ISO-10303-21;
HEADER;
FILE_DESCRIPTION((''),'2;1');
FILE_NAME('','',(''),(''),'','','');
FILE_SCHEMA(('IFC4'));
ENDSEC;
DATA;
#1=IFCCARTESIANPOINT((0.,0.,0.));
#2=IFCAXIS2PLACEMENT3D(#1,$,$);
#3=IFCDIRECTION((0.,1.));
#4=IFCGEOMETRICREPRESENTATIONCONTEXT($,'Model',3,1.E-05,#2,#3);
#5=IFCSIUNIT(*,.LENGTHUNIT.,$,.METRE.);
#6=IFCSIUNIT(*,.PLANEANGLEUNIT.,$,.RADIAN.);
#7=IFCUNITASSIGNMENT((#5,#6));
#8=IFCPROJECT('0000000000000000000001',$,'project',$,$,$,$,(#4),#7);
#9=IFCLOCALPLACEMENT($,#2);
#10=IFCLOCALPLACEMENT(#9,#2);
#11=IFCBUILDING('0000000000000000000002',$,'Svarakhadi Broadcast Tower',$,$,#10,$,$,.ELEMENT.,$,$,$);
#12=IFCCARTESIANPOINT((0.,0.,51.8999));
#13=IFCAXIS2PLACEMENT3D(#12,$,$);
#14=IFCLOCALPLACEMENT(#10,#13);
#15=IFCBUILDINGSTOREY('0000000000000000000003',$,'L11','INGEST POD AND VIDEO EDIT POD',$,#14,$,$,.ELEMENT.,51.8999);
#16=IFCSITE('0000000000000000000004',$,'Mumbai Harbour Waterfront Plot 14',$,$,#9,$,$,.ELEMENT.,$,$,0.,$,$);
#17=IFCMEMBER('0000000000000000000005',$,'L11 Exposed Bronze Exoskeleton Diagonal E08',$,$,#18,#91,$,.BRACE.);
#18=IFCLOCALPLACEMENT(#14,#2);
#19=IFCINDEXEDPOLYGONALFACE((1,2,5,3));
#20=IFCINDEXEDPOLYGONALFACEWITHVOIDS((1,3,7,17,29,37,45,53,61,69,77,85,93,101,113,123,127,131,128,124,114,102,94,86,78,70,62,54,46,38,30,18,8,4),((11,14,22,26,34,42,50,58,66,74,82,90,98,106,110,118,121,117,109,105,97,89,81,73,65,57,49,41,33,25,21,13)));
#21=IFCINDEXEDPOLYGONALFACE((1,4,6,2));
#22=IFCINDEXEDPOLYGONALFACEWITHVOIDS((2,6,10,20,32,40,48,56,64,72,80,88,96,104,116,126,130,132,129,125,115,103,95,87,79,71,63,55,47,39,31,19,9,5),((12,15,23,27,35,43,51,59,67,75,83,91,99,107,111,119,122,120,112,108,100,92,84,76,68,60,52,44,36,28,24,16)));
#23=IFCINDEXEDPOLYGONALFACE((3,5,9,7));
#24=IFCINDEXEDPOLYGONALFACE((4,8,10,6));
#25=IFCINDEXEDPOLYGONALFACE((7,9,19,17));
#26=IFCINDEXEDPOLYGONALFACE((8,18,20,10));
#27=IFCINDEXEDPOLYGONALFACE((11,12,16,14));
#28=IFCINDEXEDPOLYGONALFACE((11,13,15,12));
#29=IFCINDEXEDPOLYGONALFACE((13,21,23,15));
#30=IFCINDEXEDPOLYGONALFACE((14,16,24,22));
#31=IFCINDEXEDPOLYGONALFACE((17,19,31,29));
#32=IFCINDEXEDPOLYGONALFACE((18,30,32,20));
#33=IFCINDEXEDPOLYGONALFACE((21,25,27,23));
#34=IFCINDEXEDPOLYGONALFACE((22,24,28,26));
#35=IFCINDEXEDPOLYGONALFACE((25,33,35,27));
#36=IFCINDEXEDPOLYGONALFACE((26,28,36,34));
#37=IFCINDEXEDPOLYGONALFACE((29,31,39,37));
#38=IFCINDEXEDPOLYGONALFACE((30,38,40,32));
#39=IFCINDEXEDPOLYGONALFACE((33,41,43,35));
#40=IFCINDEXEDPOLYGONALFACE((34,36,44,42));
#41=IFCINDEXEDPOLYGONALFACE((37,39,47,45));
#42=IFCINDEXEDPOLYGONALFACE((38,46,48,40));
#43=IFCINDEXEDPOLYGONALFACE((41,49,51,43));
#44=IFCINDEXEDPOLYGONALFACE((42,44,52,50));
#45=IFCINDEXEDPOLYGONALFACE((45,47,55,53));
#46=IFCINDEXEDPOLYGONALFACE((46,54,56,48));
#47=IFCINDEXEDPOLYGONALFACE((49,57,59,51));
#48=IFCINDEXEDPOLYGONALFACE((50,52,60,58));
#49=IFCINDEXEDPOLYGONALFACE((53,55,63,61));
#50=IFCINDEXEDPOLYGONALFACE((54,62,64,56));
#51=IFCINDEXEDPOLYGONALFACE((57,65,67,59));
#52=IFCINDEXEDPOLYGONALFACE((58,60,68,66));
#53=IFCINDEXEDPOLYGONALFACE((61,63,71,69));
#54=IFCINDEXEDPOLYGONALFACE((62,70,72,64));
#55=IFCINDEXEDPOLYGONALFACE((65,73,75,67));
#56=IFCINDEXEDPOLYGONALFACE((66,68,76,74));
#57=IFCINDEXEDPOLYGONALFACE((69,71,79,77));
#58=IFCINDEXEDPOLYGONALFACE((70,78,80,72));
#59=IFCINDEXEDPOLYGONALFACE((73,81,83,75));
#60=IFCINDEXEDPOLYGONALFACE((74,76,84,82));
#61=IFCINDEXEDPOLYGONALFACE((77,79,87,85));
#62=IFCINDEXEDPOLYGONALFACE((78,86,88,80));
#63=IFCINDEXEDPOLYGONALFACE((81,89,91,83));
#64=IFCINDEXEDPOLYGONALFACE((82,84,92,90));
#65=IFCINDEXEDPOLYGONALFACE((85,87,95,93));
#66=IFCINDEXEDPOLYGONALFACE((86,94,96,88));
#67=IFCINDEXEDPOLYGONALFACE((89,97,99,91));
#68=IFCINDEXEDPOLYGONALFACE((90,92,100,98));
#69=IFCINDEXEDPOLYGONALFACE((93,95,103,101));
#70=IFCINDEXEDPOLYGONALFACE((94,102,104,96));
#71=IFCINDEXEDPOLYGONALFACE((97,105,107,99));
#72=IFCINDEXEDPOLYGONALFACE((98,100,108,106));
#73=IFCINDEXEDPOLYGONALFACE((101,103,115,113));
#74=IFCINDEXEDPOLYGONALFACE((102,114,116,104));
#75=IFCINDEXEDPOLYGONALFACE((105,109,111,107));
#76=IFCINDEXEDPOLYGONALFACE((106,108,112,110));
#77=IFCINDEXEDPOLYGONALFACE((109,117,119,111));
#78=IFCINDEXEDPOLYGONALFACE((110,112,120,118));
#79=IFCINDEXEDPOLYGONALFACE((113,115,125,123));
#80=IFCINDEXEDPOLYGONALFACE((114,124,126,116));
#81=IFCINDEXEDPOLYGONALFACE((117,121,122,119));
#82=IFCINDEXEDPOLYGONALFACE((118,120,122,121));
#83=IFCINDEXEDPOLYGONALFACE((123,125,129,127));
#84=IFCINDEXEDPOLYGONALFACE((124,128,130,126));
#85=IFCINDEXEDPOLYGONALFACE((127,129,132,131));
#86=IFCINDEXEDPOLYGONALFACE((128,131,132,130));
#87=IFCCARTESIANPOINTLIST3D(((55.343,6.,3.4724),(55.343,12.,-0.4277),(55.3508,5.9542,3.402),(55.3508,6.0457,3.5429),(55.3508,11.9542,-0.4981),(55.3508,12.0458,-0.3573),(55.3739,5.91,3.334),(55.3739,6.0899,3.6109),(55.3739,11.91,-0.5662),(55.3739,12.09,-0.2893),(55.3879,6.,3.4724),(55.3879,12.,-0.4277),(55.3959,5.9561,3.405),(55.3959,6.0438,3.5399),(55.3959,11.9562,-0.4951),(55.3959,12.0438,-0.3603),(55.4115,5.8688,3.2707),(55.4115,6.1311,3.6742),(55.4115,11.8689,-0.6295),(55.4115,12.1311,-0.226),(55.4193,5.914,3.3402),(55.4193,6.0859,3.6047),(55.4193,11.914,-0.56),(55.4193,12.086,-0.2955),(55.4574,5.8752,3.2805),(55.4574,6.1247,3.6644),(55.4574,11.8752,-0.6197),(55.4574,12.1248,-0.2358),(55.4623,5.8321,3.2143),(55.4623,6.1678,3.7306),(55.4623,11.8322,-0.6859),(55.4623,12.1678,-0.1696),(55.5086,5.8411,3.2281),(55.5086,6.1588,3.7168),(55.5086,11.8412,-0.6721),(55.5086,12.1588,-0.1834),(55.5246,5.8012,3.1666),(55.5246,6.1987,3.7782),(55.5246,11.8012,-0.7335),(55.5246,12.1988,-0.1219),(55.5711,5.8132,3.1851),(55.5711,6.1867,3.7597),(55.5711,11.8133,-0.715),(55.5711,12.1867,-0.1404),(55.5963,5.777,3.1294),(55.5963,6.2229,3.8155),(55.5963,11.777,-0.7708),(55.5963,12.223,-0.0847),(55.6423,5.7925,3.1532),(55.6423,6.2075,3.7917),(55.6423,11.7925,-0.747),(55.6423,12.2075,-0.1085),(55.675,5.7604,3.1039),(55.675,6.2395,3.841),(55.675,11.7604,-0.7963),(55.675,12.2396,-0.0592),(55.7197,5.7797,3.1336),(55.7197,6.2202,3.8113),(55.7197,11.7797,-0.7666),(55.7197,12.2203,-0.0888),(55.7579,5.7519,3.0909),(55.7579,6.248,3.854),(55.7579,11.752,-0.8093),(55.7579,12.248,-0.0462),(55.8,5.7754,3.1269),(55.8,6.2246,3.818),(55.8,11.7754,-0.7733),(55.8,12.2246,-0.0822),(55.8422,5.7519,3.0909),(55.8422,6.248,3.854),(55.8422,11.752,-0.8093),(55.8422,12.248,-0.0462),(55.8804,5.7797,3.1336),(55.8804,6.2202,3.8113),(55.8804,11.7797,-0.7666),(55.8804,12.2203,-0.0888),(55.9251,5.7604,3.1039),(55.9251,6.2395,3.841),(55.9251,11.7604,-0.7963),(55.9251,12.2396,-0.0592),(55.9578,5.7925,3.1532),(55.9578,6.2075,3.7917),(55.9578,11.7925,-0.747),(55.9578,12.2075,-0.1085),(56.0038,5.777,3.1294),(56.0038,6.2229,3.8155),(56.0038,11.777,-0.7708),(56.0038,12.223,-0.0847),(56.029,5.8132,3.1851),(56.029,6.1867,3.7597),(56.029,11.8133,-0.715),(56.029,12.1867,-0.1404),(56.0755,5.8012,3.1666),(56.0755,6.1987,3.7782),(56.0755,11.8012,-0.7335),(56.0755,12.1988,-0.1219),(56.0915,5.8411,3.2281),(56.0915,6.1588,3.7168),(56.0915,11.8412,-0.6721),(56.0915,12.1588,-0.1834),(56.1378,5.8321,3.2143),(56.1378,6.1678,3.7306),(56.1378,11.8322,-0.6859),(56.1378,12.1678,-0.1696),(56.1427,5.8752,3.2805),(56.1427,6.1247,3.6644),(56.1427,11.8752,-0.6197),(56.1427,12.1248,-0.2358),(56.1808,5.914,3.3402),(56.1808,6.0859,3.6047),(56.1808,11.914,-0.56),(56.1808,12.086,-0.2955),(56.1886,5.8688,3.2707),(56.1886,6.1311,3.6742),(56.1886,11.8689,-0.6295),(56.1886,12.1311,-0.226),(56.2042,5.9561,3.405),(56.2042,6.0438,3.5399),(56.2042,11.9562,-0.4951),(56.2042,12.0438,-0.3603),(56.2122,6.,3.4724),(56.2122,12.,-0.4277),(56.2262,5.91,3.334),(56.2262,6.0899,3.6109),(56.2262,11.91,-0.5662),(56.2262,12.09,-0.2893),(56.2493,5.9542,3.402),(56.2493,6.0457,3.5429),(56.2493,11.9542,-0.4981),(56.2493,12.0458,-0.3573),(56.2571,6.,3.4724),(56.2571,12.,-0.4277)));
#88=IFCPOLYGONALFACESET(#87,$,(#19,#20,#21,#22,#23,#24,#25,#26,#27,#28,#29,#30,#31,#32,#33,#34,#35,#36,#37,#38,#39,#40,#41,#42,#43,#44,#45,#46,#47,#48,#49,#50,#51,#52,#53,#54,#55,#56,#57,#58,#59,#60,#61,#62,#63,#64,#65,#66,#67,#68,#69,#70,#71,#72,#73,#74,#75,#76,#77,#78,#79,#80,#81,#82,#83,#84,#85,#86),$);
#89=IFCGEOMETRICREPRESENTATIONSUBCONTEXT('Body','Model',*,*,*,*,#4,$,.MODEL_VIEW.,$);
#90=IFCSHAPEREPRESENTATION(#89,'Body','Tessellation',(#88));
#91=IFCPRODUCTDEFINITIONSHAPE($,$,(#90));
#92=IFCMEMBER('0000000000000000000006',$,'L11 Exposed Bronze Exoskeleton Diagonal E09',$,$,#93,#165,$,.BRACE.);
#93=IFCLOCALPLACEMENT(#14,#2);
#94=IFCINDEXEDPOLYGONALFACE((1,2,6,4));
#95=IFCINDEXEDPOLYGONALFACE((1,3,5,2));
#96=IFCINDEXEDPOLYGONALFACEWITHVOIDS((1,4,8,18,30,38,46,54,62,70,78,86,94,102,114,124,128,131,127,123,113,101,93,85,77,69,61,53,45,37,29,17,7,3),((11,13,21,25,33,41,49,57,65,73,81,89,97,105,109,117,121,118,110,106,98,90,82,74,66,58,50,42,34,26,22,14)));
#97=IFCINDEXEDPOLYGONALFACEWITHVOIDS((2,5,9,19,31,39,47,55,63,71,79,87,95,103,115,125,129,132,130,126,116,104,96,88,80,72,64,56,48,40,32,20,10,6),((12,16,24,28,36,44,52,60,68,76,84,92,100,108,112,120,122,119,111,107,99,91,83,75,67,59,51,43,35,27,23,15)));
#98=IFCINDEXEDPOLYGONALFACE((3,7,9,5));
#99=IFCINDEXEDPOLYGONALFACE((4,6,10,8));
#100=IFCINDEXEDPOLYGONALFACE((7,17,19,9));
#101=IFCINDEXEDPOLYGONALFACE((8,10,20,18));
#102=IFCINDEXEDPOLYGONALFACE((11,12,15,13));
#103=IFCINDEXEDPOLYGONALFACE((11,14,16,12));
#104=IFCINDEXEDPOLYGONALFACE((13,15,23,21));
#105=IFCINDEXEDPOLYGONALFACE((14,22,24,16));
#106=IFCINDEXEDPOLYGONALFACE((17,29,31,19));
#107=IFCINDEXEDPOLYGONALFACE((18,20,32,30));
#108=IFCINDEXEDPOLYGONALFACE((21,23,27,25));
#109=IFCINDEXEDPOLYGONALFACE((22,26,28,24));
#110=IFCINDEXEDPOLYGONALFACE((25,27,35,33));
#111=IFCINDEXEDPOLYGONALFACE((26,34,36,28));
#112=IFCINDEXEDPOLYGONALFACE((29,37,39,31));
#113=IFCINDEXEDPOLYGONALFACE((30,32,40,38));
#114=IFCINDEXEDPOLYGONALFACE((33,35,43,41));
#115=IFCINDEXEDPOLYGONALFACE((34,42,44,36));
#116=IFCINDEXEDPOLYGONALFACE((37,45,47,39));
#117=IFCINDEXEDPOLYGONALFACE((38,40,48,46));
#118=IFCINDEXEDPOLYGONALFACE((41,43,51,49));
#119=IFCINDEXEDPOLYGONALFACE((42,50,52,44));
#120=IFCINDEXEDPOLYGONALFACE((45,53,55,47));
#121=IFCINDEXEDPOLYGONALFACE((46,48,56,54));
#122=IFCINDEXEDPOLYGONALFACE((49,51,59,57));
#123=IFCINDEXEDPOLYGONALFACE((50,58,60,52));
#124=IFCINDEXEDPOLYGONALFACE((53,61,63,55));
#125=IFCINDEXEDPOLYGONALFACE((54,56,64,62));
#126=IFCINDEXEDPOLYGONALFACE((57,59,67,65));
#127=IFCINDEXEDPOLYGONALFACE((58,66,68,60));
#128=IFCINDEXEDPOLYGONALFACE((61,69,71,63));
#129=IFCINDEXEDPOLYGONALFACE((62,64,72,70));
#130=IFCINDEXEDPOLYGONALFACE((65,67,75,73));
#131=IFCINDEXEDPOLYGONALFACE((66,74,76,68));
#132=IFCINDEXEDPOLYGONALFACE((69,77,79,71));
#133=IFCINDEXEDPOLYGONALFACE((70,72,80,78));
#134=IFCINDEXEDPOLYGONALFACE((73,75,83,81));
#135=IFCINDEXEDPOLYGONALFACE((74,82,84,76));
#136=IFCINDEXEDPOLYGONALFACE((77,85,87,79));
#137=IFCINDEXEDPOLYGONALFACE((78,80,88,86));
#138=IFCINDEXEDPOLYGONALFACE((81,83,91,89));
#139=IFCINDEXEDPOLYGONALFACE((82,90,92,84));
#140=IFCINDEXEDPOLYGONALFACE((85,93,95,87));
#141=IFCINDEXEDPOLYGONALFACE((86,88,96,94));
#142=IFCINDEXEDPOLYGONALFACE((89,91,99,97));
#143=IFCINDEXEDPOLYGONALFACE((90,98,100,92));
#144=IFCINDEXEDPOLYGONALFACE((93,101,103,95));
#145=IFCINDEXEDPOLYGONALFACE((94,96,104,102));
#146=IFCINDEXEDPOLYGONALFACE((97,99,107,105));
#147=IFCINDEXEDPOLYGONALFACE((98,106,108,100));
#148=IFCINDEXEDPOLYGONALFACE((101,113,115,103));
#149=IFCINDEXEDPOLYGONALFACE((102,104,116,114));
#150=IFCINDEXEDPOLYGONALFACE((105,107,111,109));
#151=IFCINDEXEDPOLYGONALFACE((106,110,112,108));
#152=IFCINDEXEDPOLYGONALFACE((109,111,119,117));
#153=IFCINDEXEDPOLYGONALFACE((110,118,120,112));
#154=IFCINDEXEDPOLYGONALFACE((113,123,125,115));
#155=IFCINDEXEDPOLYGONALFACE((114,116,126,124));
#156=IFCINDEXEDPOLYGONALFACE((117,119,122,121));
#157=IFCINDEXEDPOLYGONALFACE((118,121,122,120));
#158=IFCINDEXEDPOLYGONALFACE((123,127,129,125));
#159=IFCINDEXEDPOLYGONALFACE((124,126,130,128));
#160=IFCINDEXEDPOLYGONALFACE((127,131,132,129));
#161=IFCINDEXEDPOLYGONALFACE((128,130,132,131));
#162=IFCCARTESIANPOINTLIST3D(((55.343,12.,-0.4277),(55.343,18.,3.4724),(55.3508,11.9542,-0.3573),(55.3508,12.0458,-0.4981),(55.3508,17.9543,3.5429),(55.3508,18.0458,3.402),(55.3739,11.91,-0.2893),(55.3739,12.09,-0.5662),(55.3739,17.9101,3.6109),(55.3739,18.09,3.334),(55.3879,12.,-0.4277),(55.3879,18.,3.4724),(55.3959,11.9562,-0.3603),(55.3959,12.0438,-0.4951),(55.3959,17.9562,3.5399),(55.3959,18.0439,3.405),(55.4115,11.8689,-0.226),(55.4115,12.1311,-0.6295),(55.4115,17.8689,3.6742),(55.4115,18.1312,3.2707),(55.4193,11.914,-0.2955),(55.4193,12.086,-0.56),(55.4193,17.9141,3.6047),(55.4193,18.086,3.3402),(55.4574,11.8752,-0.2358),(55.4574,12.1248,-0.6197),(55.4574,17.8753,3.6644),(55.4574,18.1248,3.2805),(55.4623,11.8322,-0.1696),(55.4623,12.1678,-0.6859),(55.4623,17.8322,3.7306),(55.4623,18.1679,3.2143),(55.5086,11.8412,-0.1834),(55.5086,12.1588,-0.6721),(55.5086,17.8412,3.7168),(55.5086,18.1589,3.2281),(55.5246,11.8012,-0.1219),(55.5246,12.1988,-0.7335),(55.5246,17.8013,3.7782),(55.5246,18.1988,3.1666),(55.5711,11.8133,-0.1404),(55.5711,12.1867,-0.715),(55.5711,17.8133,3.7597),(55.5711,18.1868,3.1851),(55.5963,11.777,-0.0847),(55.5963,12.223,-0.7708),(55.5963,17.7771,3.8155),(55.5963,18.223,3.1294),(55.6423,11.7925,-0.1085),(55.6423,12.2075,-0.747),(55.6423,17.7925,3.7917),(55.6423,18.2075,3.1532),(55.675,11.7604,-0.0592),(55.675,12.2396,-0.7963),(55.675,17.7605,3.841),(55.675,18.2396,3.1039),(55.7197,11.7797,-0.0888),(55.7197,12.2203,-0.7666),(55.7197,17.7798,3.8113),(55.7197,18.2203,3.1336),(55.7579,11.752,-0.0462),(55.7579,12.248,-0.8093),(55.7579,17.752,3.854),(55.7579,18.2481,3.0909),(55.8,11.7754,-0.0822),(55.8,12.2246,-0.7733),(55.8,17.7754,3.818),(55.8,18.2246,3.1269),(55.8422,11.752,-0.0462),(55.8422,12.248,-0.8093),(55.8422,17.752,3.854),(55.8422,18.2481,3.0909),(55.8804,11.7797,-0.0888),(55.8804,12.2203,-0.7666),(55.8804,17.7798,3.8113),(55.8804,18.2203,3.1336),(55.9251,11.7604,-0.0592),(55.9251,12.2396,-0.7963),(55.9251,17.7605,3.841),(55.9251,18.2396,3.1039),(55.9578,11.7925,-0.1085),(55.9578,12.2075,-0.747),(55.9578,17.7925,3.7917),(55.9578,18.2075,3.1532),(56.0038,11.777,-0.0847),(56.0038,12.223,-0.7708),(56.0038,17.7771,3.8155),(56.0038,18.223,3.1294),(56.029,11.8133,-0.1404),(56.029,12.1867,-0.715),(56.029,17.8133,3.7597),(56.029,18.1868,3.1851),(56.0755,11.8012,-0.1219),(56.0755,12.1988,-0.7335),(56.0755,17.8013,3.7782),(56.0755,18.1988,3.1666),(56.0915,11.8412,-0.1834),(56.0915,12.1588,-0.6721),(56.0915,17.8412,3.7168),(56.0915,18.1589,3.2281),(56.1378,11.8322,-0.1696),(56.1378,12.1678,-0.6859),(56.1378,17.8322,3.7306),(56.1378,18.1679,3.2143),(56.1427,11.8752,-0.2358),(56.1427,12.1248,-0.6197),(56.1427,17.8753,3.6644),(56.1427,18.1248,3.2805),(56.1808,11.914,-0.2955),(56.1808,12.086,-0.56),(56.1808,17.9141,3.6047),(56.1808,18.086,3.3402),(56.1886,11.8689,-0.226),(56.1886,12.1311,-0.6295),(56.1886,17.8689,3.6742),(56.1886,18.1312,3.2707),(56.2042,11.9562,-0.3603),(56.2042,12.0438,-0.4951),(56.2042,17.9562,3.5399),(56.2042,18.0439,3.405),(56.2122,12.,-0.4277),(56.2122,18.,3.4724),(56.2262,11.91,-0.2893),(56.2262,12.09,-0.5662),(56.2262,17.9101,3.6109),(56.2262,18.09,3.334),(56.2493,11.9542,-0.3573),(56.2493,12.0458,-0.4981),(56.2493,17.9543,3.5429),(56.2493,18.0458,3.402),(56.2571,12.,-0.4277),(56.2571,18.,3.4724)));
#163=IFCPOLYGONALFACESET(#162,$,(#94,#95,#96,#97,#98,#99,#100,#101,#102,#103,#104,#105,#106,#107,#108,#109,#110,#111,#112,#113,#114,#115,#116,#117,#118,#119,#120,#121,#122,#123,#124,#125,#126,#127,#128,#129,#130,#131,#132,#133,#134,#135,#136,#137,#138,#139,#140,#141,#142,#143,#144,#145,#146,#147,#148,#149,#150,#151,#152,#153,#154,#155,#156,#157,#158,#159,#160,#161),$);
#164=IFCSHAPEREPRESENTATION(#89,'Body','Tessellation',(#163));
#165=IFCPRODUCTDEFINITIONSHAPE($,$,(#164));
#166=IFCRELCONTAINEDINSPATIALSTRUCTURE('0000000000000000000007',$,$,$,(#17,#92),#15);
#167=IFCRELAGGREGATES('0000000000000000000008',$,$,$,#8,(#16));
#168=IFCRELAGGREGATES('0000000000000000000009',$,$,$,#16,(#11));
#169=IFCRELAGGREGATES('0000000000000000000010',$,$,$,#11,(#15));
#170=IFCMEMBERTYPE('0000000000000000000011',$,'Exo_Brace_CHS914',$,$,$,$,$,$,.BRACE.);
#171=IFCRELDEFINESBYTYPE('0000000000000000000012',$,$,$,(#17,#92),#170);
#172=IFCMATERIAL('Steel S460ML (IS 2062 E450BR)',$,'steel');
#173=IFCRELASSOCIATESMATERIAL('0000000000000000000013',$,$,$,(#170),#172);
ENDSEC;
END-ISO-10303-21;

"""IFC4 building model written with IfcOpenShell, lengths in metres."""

from ifc_helpers import new_model, si_unit, direction, frame, origin, origin_2d, place, context, subcontext, project, spatial, hollow_circle, extrude, material, material_profile, profile_set, type_object, element, save


model = new_model("IFC4")

# Units and contexts
model_context = context("Model", 3, precision=1e-05, world=origin(), true_north=direction((0.0, 1.0)))
body_context = subcontext(model_context, "Body", "Model", "MODEL_VIEW")
ifc_project = project(units=[si_unit("LENGTHUNIT", "METRE"), si_unit("PLANEANGLEUNIT", "RADIAN")], contexts=[model_context])

# Site, building, storey
site_placement = place(None, origin())
site = spatial("IfcSite", under=ifc_project, at=site_placement, Name="Mumbai Harbour Waterfront Plot 14", CompositionType="ELEMENT", RefElevation=0.0)
building_placement = place(site_placement, origin())
building = spatial("IfcBuilding", under=site, at=building_placement, Name="Svarakhadi Broadcast Tower", CompositionType="ELEMENT")
storey_placement = place(building_placement, frame((0.0, 0.0, 51.8999)))
storey = spatial("IfcBuildingStorey", under=building, at=storey_placement, Name="L11", Description="INGEST POD AND VIDEO EDIT POD", CompositionType="ELEMENT", Elevation=51.8999)

# Members
ifc_material_1 = material(Name="Steel S460ML (IS 2062 E450BR)", Category="steel")
ifc_material_profile_1 = material_profile(ifc_material_1, hollow_circle(Radius=0.457, WallThickness=0.0449, at=origin_2d()), Name="CHS 914x45")
ifc_profile_set_1 = profile_set([ifc_material_profile_1], Name="Steel S460ML (IS 2062 E450BR)")
member_type_1 = type_object("IfcMemberType", Name="Exo_Brace_CHS914", PredefinedType="BRACE", material=ifc_profile_set_1)
for number, where, z_axis, x_axis, name in (
    (1, (55.8, 12.0, -0.4277), (0.0, -0.838434, 0.545003), (1.0, 0.0, 0.0), "L11 Exposed Bronze Exoskeleton Diagonal E08"),
    (2, (55.8, 12.0, -0.4277), (0.0, 0.838434, 0.545003), (-1.0, 0.0, 0.0), "L11 Exposed Bronze Exoskeleton Diagonal E09"),
):
    element("IfcMember", number, at=place(storey_placement, frame(where, z_axis=z_axis, x_axis=x_axis)), inside=storey, type_object=member_type_1, Name=name, PredefinedType="BRACE", context=body_context, shape_type="SweptSolid", body=[
        extrude(hollow_circle(Radius=0.457, WallThickness=0.0449, at=origin_2d()), origin(), (0.0, 0.0, 1.0), 7.1562),
    ])

save(model, "model.ifc")
